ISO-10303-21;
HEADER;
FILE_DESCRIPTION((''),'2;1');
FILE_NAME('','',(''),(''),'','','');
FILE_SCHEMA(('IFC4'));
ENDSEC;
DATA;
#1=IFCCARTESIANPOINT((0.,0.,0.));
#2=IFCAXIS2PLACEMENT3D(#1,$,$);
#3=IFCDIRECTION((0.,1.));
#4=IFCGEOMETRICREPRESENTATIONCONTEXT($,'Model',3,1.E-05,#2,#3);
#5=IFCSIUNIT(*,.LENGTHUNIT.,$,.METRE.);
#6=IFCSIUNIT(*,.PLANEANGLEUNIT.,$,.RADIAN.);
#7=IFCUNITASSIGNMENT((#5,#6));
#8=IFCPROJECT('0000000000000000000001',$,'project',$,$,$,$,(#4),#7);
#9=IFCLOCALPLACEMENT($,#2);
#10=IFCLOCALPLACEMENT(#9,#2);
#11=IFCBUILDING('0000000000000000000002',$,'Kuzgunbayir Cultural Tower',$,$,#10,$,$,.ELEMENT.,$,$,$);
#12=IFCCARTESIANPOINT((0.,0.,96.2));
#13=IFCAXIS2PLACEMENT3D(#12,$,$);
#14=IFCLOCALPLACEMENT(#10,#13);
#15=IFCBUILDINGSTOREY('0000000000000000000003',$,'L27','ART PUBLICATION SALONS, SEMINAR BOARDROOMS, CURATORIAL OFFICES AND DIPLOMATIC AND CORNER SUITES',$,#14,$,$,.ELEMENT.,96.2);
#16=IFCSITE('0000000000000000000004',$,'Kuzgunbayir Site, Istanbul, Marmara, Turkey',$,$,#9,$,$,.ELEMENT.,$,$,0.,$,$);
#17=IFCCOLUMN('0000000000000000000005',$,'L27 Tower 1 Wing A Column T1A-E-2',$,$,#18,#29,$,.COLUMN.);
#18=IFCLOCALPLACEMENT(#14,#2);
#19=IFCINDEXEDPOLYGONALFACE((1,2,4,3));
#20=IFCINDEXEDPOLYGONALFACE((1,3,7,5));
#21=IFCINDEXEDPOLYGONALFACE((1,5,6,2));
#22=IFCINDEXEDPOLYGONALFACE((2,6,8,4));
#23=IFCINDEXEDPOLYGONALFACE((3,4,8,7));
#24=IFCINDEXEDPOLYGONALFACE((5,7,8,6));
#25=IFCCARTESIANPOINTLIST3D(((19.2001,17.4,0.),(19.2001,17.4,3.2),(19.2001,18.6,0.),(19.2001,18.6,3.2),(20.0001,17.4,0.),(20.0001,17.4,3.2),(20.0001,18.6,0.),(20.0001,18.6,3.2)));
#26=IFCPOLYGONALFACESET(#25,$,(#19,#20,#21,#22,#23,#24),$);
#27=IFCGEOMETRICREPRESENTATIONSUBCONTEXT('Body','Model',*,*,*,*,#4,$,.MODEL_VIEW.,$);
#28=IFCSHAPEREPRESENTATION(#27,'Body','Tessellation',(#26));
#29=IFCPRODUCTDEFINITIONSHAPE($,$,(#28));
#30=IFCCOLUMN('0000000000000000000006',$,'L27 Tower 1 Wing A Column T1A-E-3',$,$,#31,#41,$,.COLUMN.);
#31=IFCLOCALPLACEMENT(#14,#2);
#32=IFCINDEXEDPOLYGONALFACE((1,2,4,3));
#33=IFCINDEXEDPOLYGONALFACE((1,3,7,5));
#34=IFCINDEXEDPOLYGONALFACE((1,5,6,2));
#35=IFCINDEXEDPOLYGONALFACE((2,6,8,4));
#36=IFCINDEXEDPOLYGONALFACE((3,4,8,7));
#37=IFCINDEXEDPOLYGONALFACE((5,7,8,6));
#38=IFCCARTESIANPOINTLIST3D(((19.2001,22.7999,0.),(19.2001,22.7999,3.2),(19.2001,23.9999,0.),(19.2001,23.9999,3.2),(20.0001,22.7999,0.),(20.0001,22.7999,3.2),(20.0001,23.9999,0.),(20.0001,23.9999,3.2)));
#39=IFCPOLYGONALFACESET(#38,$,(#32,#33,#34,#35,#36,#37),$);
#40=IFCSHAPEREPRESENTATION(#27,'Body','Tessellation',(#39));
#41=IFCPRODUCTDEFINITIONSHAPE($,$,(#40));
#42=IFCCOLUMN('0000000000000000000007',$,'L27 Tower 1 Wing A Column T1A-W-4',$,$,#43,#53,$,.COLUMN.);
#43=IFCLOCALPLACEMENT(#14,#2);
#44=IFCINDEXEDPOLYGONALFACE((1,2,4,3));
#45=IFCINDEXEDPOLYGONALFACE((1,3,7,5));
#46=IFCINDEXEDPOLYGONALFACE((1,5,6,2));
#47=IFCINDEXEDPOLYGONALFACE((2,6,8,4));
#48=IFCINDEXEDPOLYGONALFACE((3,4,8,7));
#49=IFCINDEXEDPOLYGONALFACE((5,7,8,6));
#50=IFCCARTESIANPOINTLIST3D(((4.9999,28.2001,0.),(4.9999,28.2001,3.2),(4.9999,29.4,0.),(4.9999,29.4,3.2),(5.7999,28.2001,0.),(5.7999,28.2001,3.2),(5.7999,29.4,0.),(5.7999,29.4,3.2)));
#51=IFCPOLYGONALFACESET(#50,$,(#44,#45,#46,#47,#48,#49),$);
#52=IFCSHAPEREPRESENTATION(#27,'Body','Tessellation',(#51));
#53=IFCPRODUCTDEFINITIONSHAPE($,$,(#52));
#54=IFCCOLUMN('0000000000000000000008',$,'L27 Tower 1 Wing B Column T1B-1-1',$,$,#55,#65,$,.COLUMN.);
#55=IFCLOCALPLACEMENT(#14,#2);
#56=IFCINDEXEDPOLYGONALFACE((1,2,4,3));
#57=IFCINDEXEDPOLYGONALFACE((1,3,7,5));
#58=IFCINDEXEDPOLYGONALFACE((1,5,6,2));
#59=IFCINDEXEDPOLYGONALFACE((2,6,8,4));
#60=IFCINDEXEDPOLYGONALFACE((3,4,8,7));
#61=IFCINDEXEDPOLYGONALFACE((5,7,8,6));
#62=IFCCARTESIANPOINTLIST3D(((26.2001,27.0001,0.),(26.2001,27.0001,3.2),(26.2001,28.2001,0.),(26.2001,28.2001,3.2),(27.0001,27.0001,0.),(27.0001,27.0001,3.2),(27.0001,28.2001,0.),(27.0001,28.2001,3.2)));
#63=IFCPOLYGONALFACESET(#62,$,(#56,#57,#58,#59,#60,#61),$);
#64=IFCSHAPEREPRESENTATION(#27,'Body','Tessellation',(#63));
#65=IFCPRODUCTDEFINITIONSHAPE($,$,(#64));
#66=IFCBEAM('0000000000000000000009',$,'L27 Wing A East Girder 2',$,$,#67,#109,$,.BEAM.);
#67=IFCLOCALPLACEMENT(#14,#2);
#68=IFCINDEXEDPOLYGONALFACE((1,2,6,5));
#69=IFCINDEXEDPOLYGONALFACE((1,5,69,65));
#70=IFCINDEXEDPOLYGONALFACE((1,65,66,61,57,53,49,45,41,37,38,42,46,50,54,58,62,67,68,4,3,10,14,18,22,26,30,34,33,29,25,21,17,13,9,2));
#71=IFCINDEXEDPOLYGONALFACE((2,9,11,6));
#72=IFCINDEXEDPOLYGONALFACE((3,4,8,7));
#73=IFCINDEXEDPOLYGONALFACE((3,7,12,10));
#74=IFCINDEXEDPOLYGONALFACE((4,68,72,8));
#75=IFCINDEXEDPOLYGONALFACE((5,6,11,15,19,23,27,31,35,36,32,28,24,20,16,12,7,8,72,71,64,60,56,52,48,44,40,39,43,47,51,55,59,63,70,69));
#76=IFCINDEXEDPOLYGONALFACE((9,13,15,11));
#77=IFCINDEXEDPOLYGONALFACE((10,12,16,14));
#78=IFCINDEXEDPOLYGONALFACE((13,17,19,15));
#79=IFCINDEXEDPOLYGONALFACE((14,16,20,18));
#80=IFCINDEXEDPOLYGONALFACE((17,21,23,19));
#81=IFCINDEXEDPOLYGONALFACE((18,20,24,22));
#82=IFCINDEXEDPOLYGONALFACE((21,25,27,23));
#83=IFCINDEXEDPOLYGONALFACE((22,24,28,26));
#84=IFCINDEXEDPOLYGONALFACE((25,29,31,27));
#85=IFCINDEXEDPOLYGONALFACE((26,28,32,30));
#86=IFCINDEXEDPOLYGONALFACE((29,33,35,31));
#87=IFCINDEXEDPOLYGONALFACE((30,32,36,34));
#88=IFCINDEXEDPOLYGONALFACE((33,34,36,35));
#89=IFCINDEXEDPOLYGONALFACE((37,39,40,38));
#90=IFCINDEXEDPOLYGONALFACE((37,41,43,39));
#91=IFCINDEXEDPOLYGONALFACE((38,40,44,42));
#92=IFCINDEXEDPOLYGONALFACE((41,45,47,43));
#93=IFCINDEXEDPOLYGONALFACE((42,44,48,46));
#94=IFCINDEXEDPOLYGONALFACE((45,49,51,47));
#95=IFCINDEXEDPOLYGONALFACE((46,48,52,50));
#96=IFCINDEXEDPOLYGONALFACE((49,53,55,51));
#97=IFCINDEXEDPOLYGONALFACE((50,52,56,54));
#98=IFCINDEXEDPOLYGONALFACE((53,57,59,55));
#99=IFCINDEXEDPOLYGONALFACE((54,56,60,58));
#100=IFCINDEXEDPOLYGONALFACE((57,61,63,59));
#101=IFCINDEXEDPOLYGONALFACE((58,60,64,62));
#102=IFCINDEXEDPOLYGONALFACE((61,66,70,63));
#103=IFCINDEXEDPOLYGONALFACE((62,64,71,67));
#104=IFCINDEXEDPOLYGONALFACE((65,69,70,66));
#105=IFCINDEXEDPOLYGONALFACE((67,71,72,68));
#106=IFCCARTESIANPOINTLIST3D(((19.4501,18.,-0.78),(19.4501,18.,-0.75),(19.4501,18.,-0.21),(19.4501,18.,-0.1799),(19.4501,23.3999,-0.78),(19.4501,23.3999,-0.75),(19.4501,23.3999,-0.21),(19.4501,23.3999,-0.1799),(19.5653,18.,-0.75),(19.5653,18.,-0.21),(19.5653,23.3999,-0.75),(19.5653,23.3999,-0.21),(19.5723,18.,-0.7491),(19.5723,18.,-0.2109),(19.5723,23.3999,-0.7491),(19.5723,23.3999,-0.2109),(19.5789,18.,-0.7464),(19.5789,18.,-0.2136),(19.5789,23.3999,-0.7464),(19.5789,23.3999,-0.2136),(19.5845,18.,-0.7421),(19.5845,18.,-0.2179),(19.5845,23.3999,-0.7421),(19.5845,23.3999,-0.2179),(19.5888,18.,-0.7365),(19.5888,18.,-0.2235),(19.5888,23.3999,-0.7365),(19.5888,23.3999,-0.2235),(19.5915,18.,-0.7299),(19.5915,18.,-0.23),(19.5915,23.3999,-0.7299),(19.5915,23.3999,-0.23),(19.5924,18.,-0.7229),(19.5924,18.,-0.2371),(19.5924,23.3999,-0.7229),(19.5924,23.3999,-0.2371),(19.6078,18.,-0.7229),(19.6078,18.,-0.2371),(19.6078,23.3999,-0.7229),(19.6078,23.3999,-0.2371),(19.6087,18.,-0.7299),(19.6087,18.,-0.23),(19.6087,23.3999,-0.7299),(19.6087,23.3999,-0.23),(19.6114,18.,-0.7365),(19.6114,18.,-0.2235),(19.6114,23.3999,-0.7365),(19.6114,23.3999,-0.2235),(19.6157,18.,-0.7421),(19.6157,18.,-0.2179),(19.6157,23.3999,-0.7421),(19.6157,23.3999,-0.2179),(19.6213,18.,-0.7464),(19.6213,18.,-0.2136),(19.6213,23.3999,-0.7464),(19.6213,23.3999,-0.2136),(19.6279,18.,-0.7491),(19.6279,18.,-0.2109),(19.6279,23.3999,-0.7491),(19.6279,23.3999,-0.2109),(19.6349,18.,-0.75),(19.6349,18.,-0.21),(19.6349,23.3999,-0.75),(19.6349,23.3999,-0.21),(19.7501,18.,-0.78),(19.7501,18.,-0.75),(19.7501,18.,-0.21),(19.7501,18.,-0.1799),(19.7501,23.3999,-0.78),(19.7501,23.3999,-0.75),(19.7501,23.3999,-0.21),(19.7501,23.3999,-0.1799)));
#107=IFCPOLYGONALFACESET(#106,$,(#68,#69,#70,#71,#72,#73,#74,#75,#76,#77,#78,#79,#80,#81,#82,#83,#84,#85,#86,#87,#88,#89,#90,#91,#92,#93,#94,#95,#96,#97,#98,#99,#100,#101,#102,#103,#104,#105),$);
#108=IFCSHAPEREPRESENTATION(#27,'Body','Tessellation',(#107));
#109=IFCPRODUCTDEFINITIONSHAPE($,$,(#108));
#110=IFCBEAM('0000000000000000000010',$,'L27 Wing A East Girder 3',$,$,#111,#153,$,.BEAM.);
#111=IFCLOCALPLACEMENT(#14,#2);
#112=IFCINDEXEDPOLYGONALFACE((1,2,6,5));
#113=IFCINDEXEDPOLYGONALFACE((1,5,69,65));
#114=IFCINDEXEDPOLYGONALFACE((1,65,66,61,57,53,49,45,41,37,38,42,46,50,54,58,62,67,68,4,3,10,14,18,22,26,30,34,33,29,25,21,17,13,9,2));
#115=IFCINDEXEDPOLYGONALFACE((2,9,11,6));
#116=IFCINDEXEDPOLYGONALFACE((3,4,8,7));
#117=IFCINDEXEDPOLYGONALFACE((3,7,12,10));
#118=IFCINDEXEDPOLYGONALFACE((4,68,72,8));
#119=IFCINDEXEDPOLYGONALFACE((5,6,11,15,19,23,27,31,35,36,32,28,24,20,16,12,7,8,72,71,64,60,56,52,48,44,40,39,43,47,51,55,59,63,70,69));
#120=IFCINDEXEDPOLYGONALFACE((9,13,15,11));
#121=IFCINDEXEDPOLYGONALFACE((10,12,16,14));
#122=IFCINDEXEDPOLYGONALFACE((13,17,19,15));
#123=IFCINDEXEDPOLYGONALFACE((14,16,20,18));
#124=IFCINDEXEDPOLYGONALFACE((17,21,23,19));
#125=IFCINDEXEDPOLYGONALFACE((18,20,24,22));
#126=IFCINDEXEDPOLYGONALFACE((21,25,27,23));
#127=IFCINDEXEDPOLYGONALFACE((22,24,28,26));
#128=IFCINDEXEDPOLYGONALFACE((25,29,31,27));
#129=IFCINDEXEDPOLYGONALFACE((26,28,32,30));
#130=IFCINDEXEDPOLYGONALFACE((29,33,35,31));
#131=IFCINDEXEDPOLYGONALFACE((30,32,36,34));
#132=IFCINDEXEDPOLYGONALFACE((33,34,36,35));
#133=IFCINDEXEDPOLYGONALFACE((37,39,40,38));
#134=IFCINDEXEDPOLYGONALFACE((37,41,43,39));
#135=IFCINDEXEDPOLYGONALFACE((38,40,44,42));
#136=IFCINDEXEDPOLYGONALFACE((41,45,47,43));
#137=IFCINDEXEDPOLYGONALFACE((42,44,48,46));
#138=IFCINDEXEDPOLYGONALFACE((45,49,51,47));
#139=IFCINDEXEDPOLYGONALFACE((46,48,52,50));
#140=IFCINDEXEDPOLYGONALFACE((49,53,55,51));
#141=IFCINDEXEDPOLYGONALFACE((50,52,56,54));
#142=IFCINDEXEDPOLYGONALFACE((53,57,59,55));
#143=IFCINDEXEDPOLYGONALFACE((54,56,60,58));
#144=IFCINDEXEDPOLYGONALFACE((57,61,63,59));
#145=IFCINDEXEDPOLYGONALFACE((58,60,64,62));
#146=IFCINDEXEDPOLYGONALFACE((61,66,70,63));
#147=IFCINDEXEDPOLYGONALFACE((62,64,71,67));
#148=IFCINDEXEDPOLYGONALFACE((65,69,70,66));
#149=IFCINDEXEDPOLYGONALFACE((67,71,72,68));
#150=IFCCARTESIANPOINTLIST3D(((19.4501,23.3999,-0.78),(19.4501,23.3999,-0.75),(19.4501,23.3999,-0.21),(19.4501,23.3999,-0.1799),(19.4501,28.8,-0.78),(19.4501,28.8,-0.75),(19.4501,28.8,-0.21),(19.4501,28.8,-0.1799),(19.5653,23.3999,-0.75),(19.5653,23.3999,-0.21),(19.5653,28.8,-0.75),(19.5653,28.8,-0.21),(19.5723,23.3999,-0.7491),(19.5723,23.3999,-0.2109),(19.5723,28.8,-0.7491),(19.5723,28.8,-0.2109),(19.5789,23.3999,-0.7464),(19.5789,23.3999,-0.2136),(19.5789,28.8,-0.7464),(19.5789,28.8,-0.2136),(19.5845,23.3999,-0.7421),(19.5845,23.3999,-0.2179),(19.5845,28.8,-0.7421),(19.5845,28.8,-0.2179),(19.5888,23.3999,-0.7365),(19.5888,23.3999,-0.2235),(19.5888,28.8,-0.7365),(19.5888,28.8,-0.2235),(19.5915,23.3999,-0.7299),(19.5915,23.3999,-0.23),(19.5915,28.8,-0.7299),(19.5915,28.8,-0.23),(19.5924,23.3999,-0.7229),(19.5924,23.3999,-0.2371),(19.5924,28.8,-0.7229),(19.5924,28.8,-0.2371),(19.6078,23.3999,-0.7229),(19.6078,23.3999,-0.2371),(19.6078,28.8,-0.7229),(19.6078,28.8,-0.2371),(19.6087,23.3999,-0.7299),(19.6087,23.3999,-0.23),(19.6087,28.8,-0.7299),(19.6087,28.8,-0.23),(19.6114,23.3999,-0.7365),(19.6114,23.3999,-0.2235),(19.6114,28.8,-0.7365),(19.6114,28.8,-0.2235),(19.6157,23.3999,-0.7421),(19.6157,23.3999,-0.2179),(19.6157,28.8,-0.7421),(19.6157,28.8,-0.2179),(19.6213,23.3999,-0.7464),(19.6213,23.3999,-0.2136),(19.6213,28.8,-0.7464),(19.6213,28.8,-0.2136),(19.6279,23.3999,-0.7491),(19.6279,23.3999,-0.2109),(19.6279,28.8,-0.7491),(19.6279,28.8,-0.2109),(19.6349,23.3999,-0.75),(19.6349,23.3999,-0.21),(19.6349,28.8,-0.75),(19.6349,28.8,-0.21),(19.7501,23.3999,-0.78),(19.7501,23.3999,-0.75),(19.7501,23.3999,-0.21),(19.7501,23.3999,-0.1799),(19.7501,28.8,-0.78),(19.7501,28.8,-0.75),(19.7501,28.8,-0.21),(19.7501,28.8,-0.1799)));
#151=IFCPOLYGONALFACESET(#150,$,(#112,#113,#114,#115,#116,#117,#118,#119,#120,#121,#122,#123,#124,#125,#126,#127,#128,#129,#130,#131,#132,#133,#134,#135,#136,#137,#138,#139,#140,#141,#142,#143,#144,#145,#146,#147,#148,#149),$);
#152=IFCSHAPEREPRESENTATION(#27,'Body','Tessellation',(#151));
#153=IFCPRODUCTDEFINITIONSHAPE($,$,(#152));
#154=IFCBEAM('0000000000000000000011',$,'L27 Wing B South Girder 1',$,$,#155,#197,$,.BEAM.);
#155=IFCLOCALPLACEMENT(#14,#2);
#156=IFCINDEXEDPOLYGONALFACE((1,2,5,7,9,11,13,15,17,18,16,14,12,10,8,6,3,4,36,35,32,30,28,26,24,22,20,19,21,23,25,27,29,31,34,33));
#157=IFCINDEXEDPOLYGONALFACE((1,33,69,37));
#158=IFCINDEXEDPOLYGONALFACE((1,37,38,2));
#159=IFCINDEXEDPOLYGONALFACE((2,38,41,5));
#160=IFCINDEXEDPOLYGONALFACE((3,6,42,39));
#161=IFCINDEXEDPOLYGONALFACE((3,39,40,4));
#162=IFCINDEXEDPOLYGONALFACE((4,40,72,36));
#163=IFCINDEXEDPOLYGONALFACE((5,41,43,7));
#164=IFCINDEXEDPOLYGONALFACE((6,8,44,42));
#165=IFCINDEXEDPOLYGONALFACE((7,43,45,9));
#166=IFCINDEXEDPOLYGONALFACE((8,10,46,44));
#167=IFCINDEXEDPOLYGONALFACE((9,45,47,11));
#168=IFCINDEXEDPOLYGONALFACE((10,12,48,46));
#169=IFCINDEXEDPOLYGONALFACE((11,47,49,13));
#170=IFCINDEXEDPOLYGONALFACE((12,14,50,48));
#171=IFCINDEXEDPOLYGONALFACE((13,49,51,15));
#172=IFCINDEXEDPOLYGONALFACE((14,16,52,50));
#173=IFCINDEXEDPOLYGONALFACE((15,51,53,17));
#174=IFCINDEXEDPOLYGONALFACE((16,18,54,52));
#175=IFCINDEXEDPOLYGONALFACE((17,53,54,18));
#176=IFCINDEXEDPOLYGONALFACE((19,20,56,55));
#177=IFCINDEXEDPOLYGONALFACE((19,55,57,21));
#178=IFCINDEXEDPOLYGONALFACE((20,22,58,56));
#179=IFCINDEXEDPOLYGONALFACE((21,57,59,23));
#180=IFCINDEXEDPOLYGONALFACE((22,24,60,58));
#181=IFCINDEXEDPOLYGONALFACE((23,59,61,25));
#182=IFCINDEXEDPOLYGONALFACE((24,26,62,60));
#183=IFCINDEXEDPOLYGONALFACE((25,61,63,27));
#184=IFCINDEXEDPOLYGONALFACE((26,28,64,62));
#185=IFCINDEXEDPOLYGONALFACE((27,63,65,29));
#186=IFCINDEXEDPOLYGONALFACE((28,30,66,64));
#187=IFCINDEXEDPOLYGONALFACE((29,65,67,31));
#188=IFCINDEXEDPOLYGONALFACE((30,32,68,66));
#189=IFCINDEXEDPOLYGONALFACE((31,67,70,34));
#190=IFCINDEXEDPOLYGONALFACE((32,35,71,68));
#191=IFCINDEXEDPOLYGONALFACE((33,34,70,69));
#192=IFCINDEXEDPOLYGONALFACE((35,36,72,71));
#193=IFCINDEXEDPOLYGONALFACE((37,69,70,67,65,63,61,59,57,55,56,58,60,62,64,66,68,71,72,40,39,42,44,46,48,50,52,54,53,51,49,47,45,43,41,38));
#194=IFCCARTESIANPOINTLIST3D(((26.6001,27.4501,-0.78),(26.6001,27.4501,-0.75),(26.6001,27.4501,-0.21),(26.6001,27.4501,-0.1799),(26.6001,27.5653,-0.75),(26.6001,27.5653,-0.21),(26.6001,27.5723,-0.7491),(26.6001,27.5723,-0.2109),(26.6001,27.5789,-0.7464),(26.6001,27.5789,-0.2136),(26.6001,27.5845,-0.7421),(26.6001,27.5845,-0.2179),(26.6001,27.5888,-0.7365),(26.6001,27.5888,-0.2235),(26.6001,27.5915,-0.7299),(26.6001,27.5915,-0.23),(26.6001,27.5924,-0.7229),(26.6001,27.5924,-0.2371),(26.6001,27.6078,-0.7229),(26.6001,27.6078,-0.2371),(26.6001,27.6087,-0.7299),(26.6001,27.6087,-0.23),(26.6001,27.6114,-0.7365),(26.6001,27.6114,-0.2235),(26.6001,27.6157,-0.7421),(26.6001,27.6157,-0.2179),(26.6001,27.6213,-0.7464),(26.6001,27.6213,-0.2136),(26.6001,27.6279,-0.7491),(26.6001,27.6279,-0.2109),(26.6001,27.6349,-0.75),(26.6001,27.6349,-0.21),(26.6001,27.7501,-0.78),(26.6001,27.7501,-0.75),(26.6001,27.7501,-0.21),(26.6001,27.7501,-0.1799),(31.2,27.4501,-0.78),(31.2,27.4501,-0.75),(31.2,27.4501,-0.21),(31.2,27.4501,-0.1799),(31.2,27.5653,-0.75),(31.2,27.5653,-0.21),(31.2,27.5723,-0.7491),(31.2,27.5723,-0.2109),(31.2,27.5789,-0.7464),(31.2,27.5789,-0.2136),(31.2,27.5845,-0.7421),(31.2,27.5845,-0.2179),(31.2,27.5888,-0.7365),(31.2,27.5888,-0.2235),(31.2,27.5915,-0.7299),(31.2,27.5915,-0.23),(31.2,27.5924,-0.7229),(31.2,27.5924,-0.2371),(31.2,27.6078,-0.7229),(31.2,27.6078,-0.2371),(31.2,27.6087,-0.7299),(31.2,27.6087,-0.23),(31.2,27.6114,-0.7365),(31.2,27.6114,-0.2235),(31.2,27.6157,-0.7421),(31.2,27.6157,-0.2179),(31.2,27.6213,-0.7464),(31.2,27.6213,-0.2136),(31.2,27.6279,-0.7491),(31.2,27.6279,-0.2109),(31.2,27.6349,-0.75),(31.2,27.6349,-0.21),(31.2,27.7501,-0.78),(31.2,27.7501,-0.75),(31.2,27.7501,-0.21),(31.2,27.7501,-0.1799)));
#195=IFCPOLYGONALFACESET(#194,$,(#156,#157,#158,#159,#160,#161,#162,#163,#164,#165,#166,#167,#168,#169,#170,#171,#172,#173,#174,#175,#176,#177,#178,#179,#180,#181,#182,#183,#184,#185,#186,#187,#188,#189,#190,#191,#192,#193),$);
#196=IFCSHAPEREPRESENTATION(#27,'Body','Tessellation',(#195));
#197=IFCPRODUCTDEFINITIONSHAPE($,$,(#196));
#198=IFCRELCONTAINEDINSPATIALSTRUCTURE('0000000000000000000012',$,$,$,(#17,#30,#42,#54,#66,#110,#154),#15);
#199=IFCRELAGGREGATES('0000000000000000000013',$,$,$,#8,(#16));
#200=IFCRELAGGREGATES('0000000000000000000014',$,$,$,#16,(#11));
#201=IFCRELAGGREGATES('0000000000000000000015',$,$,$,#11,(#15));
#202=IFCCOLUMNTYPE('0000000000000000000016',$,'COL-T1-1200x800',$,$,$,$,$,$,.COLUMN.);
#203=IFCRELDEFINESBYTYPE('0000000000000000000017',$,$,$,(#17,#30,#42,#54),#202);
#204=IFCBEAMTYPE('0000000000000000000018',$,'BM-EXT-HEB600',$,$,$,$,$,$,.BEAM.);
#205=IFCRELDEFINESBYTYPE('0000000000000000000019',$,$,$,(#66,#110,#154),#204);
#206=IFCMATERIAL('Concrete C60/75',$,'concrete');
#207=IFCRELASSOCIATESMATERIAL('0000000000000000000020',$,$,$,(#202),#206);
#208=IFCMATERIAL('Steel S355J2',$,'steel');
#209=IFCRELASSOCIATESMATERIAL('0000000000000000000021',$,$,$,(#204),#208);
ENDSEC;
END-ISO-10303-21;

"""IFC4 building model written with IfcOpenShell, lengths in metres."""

from ifc_helpers import new_model, si_unit, direction, frame, origin, origin_2d, place, context, subcontext, project, spatial, rectangle, i_section, extrude, material, material_profile, profile_set, type_object, element, save


model = new_model("IFC4")

# Units and contexts
model_context = context("Model", 3, precision=1e-05, world=origin(), true_north=direction((0.0, 1.0)))
body_context = subcontext(model_context, "Body", "Model", "MODEL_VIEW")
ifc_project = project(units=[si_unit("LENGTHUNIT", "METRE"), si_unit("PLANEANGLEUNIT", "RADIAN")], contexts=[model_context])

# Site, building, storey
site_placement = place(None, origin())
site = spatial("IfcSite", under=ifc_project, at=site_placement, Name="Kuzgunbayir Site, Istanbul, Marmara, Turkey", CompositionType="ELEMENT", RefElevation=0.0)
building_placement = place(site_placement, origin())
building = spatial("IfcBuilding", under=site, at=building_placement, Name="Kuzgunbayir Cultural Tower", CompositionType="ELEMENT")
storey_placement = place(building_placement, frame((0.0, 0.0, 96.2)))
storey = spatial("IfcBuildingStorey", under=building, at=storey_placement, Name="L27", Description="ART PUBLICATION SALONS, SEMINAR BOARDROOMS, CURATORIAL OFFICES AND DIPLOMATIC AND CORNER SUITES", CompositionType="ELEMENT", Elevation=96.2)

# Columns
ifc_material_1 = material(Name="Concrete C60/75", Category="concrete")
ifc_material_profile_1 = material_profile(ifc_material_1, rectangle(XDim=0.8, YDim=1.2, at=origin_2d()), Name="RC 1200x800")
ifc_profile_set_1 = profile_set([ifc_material_profile_1], Name="Concrete C60/75")
column_type = type_object("IfcColumnType", Name="COL-T1-1200x800", PredefinedType="COLUMN", material=ifc_profile_set_1)
for number, where, z_axis, x_axis, name in (
    (1, (19.6001, 18.0, 0.0), (0.0, 0.0, 1.0), (1.0, 0.0, 0.0), "L27 Tower 1 Wing A Column T1A-E-2"),
    (2, (19.6001, 23.3999, 0.0), (0.0, 0.0, 1.0), (1.0, 0.0, 0.0), "L27 Tower 1 Wing A Column T1A-E-3"),
    (3, (5.3999, 28.8, 0.0), (0.0, 0.0, 1.0), (1.0, 0.0, 0.0), "L27 Tower 1 Wing A Column T1A-W-4"),
    (4, (26.6001, 27.6001, 0.0), (0.0, 0.0, 1.0), (1.0, 0.0, 0.0), "L27 Tower 1 Wing B Column T1B-1-1"),
):
    element("IfcColumn", number, at=place(storey_placement, frame(where, z_axis=z_axis, x_axis=x_axis)), inside=storey, type_object=column_type, Name=name, PredefinedType="COLUMN", context=body_context, shape_type="SweptSolid", body=[
        extrude(rectangle(XDim=0.8, YDim=1.2, at=origin_2d()), origin(), (0.0, 0.0, 1.0), 3.2),
    ])

# Beams
ifc_material_2 = material(Name="Steel S355J2", Category="steel")
ifc_material_profile_2 = material_profile(ifc_material_2, i_section(OverallWidth=0.3, OverallDepth=0.6001, WebThickness=0.0154, FlangeThickness=0.03, FilletRadius=0.0271, at=origin_2d()), Name="HEB 600")
ifc_profile_set_2 = profile_set([ifc_material_profile_2], Name="Steel S355J2")
beam_type_1 = type_object("IfcBeamType", Name="BM-EXT-HEB600", PredefinedType="BEAM", material=ifc_profile_set_2)
beam_1_placement = place(storey_placement, frame((19.6001, 18.0, -0.48), z_axis=(0.0, 1.0, 0.0), x_axis=(-1.0, 0.0, 0.0)))
element("IfcBeam", 5, at=beam_1_placement, inside=storey, type_object=beam_type_1, Name="L27 Wing A East Girder 2", PredefinedType="BEAM", context=body_context, shape_type="SweptSolid", body=[
    extrude(i_section(OverallWidth=0.3, OverallDepth=0.6001, WebThickness=0.0154, FlangeThickness=0.03, FilletRadius=0.0271, at=origin_2d()), origin(), (0.0, 0.0, 1.0), 5.3999),
])
beam_2_placement = place(storey_placement, frame((19.6001, 23.3999, -0.48), z_axis=(0.0, 1.0, 0.0), x_axis=(-1.0, 0.0, 0.0)))
element("IfcBeam", 6, at=beam_2_placement, inside=storey, type_object=beam_type_1, Name="L27 Wing A East Girder 3", PredefinedType="BEAM", context=body_context, shape_type="SweptSolid", body=[
    extrude(i_section(OverallWidth=0.3, OverallDepth=0.6001, WebThickness=0.0154, FlangeThickness=0.03, FilletRadius=0.0271, at=origin_2d()), origin(), (0.0, 0.0, 1.0), 5.4001),
])
beam_3_placement = place(storey_placement, frame((26.6001, 27.6001, -0.48), z_axis=(1.0, 0.0, 0.0), x_axis=(0.0, 1.0, 0.0)))
element("IfcBeam", 7, at=beam_3_placement, inside=storey, type_object=beam_type_1, Name="L27 Wing B South Girder 1", PredefinedType="BEAM", context=body_context, shape_type="SweptSolid", body=[
    extrude(i_section(OverallWidth=0.3, OverallDepth=0.6001, WebThickness=0.0154, FlangeThickness=0.03, FilletRadius=0.0271, at=origin_2d()), origin(), (0.0, 0.0, 1.0), 4.5999),
])

save(model, "model.ifc")
